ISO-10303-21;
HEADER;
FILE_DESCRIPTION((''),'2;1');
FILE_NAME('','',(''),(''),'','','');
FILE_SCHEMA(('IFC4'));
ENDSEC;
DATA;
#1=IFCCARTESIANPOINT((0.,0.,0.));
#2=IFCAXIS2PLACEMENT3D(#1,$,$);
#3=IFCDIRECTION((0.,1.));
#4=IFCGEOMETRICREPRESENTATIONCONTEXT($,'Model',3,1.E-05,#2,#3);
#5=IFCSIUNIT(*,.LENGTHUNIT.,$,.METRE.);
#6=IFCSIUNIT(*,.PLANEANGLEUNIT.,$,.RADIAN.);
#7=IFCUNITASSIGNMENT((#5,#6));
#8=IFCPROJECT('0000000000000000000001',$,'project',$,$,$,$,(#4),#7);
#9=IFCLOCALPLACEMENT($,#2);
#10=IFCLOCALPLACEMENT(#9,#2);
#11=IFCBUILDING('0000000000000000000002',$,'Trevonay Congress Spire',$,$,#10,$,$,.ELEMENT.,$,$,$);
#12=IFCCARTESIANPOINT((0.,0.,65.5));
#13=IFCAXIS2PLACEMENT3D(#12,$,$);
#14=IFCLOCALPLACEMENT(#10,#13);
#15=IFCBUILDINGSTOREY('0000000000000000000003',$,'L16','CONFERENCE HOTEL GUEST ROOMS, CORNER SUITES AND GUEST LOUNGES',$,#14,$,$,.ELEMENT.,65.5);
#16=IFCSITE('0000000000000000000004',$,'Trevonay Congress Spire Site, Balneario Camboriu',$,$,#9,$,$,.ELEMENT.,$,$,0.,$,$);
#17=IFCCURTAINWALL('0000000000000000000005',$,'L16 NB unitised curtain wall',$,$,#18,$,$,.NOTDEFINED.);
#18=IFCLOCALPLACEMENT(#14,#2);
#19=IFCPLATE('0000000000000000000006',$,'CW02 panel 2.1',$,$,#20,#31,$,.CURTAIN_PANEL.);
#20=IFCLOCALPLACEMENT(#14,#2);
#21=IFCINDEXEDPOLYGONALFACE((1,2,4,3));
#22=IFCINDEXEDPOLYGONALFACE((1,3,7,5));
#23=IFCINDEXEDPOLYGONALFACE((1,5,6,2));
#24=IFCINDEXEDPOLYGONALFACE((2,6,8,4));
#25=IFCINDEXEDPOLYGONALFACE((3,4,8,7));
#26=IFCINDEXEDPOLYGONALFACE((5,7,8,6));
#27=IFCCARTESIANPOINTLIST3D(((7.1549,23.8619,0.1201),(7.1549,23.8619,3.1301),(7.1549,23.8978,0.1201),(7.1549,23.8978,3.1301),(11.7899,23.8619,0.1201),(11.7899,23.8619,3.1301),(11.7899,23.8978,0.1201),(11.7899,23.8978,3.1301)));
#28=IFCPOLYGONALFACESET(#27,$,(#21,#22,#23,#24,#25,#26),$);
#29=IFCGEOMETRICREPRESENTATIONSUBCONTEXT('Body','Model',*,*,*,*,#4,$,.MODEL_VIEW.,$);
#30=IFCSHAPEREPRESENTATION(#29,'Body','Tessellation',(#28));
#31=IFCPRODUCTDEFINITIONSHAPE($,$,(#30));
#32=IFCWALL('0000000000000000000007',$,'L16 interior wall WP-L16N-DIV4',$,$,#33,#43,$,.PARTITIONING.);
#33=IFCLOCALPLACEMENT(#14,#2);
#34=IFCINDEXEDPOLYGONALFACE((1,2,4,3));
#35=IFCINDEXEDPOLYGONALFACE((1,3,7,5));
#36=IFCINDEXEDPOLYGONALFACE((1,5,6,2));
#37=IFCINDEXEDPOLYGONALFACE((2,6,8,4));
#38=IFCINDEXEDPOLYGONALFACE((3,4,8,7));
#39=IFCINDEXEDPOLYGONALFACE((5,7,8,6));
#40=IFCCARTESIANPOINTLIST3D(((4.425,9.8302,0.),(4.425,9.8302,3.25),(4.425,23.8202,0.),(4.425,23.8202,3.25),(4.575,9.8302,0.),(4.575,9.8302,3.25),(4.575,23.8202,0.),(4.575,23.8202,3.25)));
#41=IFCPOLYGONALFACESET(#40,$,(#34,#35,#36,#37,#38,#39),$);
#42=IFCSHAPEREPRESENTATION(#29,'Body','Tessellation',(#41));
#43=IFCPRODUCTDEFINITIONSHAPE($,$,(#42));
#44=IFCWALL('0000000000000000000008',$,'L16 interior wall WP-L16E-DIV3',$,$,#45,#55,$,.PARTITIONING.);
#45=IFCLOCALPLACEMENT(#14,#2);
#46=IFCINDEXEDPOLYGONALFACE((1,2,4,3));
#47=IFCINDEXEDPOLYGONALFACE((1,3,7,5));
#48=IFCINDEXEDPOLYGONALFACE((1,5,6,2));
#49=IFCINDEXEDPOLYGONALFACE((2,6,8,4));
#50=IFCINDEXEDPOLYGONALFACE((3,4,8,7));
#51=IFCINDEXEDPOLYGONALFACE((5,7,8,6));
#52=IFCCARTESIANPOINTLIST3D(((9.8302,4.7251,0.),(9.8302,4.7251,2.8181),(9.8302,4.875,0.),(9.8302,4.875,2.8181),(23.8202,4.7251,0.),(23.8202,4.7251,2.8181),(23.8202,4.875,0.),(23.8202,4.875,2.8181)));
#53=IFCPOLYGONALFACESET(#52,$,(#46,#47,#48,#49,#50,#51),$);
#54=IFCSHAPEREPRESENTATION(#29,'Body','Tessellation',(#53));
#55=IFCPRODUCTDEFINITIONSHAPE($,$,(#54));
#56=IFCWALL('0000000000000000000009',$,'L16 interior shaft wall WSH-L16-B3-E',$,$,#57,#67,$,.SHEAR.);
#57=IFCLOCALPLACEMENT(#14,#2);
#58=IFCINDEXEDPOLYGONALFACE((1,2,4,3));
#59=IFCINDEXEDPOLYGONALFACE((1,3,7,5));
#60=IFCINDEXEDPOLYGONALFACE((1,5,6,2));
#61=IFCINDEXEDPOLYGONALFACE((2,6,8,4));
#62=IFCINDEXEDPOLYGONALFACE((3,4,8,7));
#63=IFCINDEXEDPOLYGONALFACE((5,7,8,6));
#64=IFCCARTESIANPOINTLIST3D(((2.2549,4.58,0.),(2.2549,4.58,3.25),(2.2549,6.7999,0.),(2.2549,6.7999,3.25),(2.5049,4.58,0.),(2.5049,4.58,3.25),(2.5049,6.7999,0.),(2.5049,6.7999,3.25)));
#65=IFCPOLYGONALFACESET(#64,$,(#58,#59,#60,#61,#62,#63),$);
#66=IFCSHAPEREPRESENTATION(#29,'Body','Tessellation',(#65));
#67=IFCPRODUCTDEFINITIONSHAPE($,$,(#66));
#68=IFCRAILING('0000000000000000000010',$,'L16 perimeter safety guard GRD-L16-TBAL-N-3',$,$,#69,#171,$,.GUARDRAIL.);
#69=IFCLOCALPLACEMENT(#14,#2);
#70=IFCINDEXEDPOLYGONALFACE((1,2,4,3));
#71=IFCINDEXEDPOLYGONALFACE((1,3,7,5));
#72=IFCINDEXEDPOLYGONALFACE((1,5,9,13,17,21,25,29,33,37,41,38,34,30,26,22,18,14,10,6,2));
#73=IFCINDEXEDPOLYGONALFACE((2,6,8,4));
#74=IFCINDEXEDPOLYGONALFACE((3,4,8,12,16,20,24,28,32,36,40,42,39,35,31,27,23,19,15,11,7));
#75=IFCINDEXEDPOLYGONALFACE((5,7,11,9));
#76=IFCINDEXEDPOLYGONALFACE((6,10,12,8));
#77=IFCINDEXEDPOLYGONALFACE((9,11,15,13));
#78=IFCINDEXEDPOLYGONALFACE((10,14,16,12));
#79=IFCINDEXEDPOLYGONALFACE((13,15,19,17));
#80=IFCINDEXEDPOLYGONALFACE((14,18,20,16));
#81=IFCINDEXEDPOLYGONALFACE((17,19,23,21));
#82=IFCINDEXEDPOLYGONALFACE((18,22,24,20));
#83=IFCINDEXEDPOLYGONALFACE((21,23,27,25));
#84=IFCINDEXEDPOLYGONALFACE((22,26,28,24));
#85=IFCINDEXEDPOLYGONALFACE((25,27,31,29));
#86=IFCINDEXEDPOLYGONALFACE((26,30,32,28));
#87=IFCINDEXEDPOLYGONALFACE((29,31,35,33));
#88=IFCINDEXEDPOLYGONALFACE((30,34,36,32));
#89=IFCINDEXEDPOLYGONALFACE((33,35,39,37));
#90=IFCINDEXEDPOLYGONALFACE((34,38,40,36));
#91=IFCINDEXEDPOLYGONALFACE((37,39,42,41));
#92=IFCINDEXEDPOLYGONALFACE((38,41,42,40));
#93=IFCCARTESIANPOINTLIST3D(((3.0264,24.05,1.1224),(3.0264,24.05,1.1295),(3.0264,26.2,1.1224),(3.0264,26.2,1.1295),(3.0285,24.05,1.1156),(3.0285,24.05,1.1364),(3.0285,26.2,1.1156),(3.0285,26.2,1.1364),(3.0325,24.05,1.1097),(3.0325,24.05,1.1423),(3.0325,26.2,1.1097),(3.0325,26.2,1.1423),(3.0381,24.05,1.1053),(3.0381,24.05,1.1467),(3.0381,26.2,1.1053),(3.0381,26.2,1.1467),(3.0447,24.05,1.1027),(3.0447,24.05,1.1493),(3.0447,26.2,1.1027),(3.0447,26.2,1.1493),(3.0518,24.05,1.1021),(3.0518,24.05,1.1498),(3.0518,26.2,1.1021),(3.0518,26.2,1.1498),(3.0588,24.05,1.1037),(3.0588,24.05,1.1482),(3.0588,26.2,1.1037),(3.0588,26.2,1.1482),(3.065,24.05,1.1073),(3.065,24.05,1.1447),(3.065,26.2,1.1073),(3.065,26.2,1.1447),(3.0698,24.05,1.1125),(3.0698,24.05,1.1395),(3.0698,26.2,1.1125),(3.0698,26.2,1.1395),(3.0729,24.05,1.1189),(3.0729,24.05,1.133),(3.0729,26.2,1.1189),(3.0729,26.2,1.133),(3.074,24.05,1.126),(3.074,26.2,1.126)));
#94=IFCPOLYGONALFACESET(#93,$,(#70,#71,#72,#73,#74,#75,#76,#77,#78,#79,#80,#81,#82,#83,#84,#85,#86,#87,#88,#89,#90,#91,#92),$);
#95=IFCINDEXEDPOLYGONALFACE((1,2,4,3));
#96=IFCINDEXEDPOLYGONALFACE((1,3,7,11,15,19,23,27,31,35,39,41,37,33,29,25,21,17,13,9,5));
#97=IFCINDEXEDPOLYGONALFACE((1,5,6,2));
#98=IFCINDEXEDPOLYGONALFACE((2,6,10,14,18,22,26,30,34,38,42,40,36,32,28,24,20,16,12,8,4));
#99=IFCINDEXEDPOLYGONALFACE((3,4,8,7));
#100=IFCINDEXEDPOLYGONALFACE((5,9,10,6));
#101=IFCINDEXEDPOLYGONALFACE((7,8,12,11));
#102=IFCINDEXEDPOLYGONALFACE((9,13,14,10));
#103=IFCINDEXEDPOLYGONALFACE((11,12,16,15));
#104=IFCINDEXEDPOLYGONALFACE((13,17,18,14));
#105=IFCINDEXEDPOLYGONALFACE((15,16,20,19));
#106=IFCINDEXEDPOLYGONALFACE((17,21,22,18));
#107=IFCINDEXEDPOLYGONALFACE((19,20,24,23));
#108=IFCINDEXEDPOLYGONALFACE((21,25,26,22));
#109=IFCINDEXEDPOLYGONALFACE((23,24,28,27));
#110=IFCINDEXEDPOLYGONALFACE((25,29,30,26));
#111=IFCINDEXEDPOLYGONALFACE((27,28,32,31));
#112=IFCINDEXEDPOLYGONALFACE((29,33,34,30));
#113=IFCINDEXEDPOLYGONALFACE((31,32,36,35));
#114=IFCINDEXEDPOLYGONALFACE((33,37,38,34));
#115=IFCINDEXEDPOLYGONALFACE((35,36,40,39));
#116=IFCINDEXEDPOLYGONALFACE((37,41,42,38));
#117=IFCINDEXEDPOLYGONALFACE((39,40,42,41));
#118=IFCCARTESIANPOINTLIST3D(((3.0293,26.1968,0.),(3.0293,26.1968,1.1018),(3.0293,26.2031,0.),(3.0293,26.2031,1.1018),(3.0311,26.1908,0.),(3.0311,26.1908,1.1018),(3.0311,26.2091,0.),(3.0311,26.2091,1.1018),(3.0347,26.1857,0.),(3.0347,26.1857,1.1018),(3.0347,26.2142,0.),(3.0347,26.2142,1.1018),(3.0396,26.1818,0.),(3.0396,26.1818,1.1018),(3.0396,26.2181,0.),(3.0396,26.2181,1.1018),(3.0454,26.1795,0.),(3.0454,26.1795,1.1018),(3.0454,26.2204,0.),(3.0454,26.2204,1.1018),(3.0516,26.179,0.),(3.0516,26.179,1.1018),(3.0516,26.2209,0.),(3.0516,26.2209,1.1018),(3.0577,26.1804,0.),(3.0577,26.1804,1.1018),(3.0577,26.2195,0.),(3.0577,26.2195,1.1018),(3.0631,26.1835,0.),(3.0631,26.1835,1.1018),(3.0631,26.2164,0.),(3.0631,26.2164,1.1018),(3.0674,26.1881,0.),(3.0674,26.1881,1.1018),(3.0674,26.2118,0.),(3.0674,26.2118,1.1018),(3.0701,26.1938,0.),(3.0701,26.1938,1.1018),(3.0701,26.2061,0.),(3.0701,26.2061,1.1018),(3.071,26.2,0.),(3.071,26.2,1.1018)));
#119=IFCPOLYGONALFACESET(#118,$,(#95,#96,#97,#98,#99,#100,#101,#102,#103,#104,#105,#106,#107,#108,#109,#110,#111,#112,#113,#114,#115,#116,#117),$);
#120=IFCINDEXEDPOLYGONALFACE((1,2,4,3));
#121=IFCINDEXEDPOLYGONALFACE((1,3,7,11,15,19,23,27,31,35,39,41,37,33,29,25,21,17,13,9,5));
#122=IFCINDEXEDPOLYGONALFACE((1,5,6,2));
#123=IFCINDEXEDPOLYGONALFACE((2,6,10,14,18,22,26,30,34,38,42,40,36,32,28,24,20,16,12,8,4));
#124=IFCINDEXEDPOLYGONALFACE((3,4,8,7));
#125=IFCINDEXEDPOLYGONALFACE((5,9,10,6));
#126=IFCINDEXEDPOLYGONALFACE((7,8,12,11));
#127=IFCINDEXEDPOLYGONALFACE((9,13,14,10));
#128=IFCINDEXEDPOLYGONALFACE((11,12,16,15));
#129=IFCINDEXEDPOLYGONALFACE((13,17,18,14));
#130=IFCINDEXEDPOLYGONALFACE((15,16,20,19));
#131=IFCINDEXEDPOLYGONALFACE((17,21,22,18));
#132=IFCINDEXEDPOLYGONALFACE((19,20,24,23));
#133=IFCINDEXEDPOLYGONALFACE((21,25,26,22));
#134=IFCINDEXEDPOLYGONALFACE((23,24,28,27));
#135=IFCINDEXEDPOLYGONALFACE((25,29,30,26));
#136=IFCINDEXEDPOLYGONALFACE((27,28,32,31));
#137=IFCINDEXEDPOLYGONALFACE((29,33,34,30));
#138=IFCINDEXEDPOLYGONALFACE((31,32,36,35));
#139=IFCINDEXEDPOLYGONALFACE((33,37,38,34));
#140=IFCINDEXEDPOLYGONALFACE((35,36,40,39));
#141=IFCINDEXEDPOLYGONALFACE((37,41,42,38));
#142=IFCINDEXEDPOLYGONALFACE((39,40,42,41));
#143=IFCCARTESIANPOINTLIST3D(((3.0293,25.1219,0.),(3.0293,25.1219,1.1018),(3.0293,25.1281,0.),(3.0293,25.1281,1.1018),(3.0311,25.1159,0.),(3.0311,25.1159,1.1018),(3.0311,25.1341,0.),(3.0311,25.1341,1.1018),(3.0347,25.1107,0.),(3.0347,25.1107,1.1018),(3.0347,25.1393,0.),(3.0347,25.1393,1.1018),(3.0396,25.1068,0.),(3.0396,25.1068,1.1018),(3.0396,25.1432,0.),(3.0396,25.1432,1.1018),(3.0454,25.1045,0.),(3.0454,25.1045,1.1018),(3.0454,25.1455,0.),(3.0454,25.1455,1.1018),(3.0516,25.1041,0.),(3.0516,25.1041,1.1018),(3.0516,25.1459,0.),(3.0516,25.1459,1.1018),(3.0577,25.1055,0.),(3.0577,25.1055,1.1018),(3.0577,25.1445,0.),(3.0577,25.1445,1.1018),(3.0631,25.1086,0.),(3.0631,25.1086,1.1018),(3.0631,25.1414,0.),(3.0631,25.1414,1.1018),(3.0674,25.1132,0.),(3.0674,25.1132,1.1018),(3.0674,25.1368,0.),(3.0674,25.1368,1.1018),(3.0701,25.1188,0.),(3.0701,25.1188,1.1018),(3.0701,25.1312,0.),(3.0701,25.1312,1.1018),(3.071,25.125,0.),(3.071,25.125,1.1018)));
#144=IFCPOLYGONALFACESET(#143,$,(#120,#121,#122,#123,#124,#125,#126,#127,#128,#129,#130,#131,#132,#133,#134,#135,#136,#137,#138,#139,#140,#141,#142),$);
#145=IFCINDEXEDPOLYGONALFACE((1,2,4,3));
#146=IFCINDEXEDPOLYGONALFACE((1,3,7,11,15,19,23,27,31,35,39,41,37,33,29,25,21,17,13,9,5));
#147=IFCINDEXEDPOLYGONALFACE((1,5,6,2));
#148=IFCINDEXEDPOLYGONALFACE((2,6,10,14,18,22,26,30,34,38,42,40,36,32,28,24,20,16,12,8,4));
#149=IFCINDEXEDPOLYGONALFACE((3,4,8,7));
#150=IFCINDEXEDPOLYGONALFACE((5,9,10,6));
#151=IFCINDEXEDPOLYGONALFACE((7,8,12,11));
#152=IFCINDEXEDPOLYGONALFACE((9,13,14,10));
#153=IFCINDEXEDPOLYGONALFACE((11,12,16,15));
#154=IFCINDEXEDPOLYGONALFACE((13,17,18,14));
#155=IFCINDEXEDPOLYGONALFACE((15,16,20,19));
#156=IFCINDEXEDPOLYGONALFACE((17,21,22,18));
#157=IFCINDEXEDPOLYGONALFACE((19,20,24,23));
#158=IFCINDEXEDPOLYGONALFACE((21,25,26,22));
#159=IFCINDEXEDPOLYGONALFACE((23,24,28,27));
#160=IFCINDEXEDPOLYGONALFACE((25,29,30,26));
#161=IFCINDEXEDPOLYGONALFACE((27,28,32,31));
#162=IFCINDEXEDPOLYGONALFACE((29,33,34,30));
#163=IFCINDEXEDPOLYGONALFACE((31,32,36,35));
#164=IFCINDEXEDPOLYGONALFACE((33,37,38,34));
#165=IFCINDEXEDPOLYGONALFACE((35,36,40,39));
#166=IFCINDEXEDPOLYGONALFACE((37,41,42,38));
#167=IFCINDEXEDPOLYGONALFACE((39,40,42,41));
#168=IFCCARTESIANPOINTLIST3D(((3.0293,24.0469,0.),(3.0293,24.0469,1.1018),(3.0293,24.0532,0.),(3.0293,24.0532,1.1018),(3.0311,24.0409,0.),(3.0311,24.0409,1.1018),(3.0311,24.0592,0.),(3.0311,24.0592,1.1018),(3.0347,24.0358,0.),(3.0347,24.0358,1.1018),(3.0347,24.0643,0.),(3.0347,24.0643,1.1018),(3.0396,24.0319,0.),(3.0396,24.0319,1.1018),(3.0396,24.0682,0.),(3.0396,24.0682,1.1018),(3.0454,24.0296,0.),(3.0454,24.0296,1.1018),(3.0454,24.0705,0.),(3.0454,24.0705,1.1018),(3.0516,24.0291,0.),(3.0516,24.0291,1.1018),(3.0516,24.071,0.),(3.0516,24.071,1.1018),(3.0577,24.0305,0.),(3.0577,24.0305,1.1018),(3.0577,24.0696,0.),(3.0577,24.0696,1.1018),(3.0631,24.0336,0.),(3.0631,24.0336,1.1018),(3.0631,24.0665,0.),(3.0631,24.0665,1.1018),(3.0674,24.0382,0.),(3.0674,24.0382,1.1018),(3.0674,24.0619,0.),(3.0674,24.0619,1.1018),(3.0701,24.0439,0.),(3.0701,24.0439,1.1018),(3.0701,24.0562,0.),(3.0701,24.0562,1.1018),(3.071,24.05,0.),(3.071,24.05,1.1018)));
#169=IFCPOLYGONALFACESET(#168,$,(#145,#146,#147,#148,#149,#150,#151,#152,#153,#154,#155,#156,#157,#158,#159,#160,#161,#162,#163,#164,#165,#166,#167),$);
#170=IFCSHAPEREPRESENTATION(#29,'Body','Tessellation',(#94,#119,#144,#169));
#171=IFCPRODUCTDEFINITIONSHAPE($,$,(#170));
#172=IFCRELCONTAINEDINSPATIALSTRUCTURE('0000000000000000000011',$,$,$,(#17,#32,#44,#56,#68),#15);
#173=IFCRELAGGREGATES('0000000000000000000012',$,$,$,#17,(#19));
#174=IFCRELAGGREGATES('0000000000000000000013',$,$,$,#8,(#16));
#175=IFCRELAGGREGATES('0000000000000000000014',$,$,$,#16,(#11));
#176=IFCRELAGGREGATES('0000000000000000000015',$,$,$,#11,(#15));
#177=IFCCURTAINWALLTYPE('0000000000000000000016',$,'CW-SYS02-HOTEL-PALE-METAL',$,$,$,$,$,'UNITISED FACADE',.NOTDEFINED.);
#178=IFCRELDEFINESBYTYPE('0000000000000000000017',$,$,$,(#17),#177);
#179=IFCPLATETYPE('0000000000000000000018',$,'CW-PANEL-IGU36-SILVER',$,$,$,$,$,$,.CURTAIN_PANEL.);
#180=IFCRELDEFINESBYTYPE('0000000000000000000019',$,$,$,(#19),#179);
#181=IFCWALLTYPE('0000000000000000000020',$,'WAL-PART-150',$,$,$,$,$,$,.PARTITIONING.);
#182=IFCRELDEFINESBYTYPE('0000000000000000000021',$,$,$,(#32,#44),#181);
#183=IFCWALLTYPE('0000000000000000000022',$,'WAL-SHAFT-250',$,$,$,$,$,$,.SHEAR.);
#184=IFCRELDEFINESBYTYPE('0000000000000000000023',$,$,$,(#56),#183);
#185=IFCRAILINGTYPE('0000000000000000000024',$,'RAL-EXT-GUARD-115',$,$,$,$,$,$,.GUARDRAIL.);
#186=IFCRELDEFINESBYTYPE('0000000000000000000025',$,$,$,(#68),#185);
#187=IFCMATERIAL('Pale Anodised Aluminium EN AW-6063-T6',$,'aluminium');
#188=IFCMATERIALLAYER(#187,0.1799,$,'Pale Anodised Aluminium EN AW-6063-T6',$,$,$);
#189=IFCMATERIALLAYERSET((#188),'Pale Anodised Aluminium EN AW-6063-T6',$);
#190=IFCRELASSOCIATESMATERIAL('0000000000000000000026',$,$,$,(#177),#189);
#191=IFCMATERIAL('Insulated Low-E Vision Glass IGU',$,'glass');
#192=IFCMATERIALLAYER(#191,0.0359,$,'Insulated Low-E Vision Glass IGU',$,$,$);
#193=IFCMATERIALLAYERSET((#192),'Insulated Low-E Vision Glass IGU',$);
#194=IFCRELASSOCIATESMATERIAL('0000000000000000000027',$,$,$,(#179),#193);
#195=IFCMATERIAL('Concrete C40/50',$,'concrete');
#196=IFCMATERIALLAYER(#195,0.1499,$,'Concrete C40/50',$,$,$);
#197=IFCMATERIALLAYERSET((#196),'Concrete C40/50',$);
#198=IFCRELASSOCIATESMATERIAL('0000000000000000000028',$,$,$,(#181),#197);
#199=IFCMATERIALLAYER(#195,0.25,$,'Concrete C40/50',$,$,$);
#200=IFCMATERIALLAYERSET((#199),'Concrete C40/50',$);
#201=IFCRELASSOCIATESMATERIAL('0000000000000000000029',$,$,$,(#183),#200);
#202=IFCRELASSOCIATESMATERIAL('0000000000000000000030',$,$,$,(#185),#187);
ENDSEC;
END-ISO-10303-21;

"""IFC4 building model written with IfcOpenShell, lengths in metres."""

from ifc_helpers import new_model, si_unit, direction, frame, frame_2d, origin, origin_2d, place, context, subcontext, project, spatial, rectangle, circle, extrude, material, layer, layer_set, type_object, element, aggregate, save


model = new_model("IFC4")

# Units and contexts
model_context = context("Model", 3, precision=1e-05, world=origin(), true_north=direction((0.0, 1.0)))
body_context = subcontext(model_context, "Body", "Model", "MODEL_VIEW")
ifc_project = project(units=[si_unit("LENGTHUNIT", "METRE"), si_unit("PLANEANGLEUNIT", "RADIAN")], contexts=[model_context])

# Site, building, storey
site_placement = place(None, origin())
site = spatial("IfcSite", under=ifc_project, at=site_placement, Name="Trevonay Congress Spire Site, Balneario Camboriu", CompositionType="ELEMENT", RefElevation=0.0)
building_placement = place(site_placement, origin())
building = spatial("IfcBuilding", under=site, at=building_placement, Name="Trevonay Congress Spire", CompositionType="ELEMENT")
storey_placement = place(building_placement, frame((0.0, 0.0, 65.5)))
storey = spatial("IfcBuildingStorey", under=building, at=storey_placement, Name="L16", Description="CONFERENCE HOTEL GUEST ROOMS, CORNER SUITES AND GUEST LOUNGES", CompositionType="ELEMENT", Elevation=65.5)

# Curtain wall
ifc_material_1 = material(Name="Pale Anodised Aluminium EN AW-6063-T6", Category="aluminium")
ifc_layer_1 = layer(ifc_material_1, 0.1799, Name="Pale Anodised Aluminium EN AW-6063-T6")
ifc_layer_set_1 = layer_set([ifc_layer_1], Name="Pale Anodised Aluminium EN AW-6063-T6")
curtain_wall_type = type_object("IfcCurtainWallType", Name="CW-SYS02-HOTEL-PALE-METAL", ElementType="UNITISED FACADE", PredefinedType="NOTDEFINED", material=ifc_layer_set_1)
curtain_wall_placement = place(storey_placement, origin())
curtain_wall = element("IfcCurtainWall", 1, at=curtain_wall_placement, inside=storey, type_object=curtain_wall_type, Name="L16 NB unitised curtain wall", PredefinedType="NOTDEFINED")

# Plate
ifc_material_2 = material(Name="Insulated Low-E Vision Glass IGU", Category="glass")
ifc_layer_2 = layer(ifc_material_2, 0.0359, Name="Insulated Low-E Vision Glass IGU")
ifc_layer_set_2 = layer_set([ifc_layer_2], Name="Insulated Low-E Vision Glass IGU")
plate_type = type_object("IfcPlateType", Name="CW-PANEL-IGU36-SILVER", PredefinedType="CURTAIN_PANEL", material=ifc_layer_set_2)
plate_1_placement = place(storey_placement, frame((9.4724, 23.8799, 0.1201), z_axis=(0.0, 0.0, 1.0), x_axis=(1.0, 0.0, 0.0)))
plate_1 = element("IfcPlate", 2, at=plate_1_placement, type_object=plate_type, Name="CW02 panel 2.1", PredefinedType="CURTAIN_PANEL", context=body_context, shape_type="SweptSolid", body=[
    extrude(rectangle(XDim=4.635, YDim=0.0359, at=origin_2d()), origin(), (0.0, 0.0, 1.0), 3.01),
])
aggregate(curtain_wall, [plate_1])

# Walls
ifc_material_3 = material(Name="Concrete C40/50", Category="concrete")
ifc_layer_3 = layer(ifc_material_3, 0.1499, Name="Concrete C40/50")
ifc_layer_set_3 = layer_set([ifc_layer_3], Name="Concrete C40/50")
wall_type_1 = type_object("IfcWallType", Name="WAL-PART-150", PredefinedType="PARTITIONING", material=ifc_layer_set_3)
wall_1_placement = place(storey_placement, frame((4.5, 9.8301, 0.0), z_axis=(0.0, 0.0, 1.0), x_axis=(0.0, 1.0, 0.0)))
element("IfcWall", 3, at=wall_1_placement, inside=storey, type_object=wall_type_1, Name="L16 interior wall WP-L16N-DIV4", PredefinedType="PARTITIONING", context=body_context, shape_type="SweptSolid", body=[
    extrude(rectangle(XDim=13.99, YDim=0.1499, at=frame_2d((6.9951, 0.0))), origin(), (0.0, 0.0, 1.0), 3.25),
])
wall_2_placement = place(storey_placement, frame((9.8301, 4.8, 0.0), z_axis=(0.0, 0.0, 1.0), x_axis=(1.0, 0.0, 0.0)))
element("IfcWall", 4, at=wall_2_placement, inside=storey, type_object=wall_type_1, Name="L16 interior wall WP-L16E-DIV3", PredefinedType="PARTITIONING", context=body_context, shape_type="SweptSolid", body=[
    extrude(rectangle(XDim=13.99, YDim=0.1499, at=frame_2d((6.9951, 0.0))), origin(), (0.0, 0.0, 1.0), 2.8181),
])
ifc_layer_4 = layer(ifc_material_3, 0.25, Name="Concrete C40/50")
ifc_layer_set_4 = layer_set([ifc_layer_4], Name="Concrete C40/50")
wall_type_2 = type_object("IfcWallType", Name="WAL-SHAFT-250", PredefinedType="SHEAR", material=ifc_layer_set_4)
wall_3_placement = place(storey_placement, frame((2.3799, 4.5801, 0.0), z_axis=(0.0, 0.0, 1.0), x_axis=(0.0, 1.0, 0.0)))
element("IfcWall", 5, at=wall_3_placement, inside=storey, type_object=wall_type_2, Name="L16 interior shaft wall WSH-L16-B3-E", PredefinedType="SHEAR", context=body_context, shape_type="SweptSolid", body=[
    extrude(rectangle(XDim=2.22, YDim=0.25, at=frame_2d((1.1099, 0.0))), origin(), (0.0, 0.0, 1.0), 3.25),
])

# Railing
railing_type = type_object("IfcRailingType", Name="RAL-EXT-GUARD-115", PredefinedType="GUARDRAIL", material=ifc_material_1)
railing_placement = place(storey_placement, frame((3.05, 26.2, 0.0)))
element("IfcRailing", 6, at=railing_placement, inside=storey, type_object=railing_type, Name="L16 perimeter safety guard GRD-L16-TBAL-N-3", PredefinedType="GUARDRAIL", context=body_context, shape_type="SweptSolid", body=[
    extrude(circle(Radius=0.0239, at=origin_2d()), frame((0.0, 0.0, 1.126), z_axis=(0.0, -1.0, 0.0), x_axis=(1.0, 0.0, 0.0)), (0.0, 0.0, 1.0), 2.1499),
    extrude(circle(Radius=0.021, at=origin_2d()), origin(), (0.0, 0.0, 1.0), 1.1018),
    extrude(circle(Radius=0.021, at=origin_2d()), frame((0.0, -1.075, 0.0)), (0.0, 0.0, 1.0), 1.1018),
    extrude(circle(Radius=0.021, at=origin_2d()), frame((0.0, -2.1499, 0.0)), (0.0, 0.0, 1.0), 1.1018),
])

save(model, "model.ifc")
